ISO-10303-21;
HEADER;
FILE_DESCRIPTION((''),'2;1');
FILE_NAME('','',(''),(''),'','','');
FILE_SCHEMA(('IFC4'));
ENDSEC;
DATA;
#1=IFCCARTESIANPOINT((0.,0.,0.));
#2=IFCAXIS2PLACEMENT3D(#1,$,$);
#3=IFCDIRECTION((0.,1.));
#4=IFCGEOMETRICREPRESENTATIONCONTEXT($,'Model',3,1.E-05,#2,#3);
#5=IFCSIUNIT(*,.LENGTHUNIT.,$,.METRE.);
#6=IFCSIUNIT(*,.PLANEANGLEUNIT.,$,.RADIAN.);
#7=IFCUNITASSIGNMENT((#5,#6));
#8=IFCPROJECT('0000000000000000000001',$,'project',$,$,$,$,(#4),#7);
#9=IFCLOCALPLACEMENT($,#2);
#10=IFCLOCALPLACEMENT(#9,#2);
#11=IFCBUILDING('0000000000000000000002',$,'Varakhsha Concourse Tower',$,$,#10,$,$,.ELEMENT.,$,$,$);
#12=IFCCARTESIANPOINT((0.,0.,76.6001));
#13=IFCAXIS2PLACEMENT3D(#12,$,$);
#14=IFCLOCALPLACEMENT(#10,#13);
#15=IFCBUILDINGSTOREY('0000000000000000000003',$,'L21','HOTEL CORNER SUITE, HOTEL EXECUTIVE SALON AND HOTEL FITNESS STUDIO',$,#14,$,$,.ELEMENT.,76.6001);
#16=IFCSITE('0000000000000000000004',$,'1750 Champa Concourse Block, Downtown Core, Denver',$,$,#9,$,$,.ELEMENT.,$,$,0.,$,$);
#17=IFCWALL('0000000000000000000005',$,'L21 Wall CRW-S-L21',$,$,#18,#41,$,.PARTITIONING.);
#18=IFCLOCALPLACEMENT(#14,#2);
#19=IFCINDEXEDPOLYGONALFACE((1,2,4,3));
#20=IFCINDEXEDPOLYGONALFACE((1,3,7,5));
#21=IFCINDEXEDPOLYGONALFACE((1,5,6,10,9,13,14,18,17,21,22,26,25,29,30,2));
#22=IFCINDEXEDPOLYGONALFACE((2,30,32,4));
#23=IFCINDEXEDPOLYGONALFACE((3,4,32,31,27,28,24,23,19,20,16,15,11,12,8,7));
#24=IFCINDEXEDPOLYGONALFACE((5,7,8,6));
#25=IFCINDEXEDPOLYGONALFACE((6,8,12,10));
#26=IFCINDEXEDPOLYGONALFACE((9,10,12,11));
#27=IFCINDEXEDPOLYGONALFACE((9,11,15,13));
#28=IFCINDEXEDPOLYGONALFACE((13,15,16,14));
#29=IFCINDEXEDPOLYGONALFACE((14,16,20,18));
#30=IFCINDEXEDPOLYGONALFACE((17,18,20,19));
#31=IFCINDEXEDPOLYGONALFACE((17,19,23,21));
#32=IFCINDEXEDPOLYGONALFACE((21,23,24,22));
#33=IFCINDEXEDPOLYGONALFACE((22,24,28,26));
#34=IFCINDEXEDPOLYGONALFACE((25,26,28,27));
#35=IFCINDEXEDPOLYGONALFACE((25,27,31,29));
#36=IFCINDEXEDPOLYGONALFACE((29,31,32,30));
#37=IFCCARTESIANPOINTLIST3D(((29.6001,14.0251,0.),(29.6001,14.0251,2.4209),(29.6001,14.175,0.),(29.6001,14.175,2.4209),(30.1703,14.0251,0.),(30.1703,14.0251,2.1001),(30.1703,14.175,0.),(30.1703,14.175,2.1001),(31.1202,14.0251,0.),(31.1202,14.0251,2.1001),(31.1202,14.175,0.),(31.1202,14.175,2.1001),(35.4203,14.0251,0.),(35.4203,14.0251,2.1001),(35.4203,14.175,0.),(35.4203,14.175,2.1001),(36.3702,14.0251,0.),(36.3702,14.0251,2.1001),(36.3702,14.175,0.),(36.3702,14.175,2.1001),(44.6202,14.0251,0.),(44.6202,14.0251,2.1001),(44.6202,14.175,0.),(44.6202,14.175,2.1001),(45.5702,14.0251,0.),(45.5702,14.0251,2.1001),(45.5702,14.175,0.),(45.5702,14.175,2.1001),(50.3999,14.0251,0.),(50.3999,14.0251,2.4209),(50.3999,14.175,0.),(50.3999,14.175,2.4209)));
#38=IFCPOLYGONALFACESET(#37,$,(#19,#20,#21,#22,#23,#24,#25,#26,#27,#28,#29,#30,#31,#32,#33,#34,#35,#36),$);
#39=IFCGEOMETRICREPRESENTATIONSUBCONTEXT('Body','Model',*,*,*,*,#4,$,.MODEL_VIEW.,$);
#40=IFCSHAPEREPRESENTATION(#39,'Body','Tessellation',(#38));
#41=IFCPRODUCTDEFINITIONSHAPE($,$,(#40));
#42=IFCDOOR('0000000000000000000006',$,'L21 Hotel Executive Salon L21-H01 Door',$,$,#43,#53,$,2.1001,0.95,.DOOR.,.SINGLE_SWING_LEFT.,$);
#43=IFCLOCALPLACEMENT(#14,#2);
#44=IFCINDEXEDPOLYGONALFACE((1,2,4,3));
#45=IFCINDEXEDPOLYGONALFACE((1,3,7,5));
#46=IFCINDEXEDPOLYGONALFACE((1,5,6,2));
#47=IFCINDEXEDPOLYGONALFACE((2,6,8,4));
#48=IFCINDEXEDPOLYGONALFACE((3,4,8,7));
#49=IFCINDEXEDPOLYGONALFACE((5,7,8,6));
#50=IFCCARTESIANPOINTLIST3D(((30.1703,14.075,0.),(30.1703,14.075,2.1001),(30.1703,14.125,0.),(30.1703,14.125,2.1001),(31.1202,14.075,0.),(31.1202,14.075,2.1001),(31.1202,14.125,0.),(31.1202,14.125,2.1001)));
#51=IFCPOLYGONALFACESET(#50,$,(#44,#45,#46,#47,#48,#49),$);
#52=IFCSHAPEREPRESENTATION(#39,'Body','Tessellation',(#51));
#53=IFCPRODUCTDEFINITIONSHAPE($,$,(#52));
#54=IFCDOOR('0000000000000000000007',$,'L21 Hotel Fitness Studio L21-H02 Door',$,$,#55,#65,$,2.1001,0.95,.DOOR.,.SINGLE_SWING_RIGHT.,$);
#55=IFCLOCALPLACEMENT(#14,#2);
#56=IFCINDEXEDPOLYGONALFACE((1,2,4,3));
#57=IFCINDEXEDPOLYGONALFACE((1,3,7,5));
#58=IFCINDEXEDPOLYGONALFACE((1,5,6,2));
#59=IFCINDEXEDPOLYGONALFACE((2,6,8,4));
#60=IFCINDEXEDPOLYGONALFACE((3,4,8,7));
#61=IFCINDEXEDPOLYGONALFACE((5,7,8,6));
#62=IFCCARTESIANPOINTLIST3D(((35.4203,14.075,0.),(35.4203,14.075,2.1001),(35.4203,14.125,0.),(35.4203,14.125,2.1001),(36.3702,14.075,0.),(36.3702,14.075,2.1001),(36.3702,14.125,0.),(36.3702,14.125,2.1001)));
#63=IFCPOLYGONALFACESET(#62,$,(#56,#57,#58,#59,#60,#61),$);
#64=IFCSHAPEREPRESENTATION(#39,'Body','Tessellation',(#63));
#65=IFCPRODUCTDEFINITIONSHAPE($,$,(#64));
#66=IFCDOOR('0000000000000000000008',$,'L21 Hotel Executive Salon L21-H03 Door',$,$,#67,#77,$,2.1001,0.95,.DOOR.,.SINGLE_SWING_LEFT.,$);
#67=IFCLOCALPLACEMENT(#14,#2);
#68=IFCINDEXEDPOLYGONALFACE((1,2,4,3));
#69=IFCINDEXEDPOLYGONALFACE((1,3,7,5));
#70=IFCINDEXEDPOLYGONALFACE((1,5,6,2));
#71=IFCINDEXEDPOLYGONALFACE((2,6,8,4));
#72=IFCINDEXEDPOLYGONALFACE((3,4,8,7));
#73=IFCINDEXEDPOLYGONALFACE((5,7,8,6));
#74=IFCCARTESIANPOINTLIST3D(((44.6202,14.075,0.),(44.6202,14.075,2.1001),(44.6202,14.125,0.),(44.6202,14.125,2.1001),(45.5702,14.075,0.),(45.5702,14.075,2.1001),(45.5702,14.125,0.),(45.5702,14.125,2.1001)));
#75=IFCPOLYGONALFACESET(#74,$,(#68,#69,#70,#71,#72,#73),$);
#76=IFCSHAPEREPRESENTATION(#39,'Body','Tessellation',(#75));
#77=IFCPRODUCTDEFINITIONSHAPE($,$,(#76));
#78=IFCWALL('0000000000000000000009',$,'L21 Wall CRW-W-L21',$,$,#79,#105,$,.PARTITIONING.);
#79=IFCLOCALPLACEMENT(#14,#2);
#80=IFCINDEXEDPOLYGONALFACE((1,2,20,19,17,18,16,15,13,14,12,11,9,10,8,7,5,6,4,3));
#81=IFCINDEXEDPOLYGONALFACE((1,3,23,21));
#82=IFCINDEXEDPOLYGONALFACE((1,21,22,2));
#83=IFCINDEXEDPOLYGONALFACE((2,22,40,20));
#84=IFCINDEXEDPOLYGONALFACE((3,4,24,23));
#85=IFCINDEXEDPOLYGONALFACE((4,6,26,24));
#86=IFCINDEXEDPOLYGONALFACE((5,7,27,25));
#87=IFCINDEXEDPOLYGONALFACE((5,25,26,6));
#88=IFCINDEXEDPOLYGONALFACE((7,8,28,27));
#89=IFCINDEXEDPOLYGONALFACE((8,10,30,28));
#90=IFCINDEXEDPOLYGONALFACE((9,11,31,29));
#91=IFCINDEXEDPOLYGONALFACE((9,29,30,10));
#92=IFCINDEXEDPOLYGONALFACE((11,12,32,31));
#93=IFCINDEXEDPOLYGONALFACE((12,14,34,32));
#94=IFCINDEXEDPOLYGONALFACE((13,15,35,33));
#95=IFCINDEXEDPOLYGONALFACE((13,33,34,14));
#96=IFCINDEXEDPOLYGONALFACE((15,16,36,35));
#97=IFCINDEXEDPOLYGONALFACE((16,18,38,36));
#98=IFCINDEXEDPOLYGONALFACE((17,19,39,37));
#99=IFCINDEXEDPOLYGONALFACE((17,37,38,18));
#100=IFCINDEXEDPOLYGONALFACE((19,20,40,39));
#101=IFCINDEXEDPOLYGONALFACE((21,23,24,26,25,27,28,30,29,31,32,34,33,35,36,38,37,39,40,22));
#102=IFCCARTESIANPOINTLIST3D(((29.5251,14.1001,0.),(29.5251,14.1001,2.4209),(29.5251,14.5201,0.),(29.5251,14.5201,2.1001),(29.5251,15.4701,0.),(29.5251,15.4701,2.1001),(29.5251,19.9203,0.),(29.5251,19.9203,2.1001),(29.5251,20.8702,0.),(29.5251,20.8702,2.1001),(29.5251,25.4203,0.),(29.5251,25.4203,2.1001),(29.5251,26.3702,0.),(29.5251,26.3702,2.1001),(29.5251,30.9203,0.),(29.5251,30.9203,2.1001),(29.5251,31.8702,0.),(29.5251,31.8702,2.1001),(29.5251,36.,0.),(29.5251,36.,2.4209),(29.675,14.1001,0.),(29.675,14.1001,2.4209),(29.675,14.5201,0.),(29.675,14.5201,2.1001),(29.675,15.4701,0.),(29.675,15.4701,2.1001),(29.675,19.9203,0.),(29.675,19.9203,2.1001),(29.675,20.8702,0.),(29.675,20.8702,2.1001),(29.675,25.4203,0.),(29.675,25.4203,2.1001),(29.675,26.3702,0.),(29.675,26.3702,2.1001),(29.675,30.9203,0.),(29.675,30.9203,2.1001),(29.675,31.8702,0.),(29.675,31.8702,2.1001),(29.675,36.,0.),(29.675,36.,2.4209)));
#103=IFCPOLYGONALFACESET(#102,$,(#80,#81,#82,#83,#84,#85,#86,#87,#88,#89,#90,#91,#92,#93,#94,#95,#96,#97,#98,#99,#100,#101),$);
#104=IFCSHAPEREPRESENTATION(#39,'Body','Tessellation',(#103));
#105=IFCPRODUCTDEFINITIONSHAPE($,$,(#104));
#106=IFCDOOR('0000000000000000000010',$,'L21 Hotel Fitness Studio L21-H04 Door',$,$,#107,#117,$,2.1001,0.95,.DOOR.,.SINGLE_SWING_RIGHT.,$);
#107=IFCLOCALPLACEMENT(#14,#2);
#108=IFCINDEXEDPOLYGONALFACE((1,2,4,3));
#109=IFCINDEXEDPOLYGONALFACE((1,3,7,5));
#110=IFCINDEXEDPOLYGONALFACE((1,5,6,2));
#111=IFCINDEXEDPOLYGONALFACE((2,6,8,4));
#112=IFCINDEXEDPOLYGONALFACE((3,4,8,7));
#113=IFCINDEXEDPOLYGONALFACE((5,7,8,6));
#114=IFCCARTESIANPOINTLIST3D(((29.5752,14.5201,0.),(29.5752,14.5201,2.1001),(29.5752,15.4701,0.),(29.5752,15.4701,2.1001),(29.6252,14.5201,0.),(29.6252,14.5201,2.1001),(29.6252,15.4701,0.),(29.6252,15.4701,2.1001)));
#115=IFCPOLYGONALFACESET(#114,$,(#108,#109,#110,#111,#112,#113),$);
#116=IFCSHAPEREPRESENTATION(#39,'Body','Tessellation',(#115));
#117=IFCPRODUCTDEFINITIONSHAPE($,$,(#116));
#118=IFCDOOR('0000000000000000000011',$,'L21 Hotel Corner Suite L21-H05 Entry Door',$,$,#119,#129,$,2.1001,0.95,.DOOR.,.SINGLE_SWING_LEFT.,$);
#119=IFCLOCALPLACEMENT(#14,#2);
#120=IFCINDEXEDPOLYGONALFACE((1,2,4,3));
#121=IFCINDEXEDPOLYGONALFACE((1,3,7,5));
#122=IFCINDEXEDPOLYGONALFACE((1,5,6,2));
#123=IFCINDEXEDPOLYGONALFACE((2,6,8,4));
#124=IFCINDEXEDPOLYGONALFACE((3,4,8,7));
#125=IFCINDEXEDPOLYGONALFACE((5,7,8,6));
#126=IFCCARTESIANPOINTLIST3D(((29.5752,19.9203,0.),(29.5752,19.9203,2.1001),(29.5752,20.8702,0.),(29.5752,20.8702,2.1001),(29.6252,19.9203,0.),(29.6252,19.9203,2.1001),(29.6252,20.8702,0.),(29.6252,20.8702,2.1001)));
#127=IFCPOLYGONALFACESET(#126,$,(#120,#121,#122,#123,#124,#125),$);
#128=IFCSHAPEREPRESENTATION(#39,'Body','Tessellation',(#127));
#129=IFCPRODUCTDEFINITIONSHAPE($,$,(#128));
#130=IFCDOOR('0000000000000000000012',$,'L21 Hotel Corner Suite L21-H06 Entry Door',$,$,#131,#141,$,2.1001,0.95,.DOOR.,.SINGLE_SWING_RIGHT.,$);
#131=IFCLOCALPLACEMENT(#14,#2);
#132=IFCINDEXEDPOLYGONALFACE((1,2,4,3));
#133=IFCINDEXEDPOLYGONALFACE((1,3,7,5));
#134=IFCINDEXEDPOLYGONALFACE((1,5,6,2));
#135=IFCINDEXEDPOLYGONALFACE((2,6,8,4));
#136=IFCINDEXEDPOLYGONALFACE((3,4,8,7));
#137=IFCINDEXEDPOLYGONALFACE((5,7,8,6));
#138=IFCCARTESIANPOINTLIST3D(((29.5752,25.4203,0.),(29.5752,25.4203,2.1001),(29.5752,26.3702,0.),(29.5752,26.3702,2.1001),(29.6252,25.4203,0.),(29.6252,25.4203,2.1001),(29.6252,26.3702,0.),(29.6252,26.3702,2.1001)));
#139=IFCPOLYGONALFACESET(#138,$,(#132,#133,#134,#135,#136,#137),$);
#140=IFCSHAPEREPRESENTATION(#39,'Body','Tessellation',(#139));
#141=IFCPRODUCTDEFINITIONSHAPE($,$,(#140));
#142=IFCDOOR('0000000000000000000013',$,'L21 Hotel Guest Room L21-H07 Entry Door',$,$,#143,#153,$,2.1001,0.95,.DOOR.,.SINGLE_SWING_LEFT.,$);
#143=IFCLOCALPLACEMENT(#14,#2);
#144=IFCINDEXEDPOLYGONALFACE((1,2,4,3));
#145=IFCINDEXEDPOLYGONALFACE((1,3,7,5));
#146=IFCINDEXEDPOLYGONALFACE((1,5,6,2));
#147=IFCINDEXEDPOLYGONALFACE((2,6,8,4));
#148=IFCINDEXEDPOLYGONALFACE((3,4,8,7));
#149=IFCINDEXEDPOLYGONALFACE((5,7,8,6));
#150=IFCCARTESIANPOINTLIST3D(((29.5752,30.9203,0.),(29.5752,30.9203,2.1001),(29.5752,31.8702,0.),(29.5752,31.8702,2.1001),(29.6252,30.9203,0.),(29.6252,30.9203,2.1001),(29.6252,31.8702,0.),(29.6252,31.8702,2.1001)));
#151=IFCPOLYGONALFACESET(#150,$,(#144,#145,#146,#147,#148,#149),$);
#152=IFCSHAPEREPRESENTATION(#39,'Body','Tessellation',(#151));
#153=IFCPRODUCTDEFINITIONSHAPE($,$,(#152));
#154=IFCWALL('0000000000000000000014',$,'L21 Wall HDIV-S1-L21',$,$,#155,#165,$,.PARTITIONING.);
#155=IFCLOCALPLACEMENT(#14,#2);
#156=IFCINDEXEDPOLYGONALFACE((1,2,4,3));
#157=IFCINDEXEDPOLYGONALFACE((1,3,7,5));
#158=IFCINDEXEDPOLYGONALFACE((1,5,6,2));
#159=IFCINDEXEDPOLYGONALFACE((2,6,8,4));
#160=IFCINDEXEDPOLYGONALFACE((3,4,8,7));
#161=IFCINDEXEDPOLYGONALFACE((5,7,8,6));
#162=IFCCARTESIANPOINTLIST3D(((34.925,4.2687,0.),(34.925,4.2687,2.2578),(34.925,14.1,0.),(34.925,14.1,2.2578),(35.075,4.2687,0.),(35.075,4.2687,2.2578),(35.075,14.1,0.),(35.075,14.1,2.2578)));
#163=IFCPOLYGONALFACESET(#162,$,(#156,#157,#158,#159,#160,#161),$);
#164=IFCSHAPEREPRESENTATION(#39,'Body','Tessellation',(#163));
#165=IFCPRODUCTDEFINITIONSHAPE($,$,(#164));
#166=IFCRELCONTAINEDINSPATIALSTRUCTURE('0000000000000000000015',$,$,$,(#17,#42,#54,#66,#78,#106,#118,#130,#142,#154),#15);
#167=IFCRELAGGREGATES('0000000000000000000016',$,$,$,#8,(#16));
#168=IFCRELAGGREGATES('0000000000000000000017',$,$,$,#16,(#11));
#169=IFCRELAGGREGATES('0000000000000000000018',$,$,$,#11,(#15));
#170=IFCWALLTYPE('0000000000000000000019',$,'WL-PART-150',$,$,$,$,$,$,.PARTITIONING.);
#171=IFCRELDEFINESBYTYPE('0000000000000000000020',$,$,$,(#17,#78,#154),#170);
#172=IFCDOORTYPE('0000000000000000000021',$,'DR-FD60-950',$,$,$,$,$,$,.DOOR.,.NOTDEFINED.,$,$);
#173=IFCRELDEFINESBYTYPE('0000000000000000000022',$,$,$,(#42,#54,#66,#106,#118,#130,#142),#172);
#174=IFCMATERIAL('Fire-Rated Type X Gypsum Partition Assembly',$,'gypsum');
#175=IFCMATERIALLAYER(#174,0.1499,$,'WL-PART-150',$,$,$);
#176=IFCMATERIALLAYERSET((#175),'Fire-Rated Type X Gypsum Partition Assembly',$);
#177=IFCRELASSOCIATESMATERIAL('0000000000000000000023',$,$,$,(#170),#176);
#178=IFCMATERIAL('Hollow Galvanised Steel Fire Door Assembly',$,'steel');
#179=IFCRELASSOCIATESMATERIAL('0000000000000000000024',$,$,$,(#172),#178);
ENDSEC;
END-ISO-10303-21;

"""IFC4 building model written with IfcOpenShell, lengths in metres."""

from ifc_helpers import new_model, si_unit, direction, frame, frame_2d, origin, place, context, subcontext, project, spatial, rectangle, extrude, material, layer, layer_set, type_object, element, fill, save


model = new_model("IFC4")

# Units and contexts
model_context = context("Model", 3, precision=1e-05, world=origin(), true_north=direction((0.0, 1.0)))
body_context = subcontext(model_context, "Body", "Model", "MODEL_VIEW")
ifc_project = project(units=[si_unit("LENGTHUNIT", "METRE"), si_unit("PLANEANGLEUNIT", "RADIAN")], contexts=[model_context])

# Site, building, storey
site_placement = place(None, origin())
site = spatial("IfcSite", under=ifc_project, at=site_placement, Name="1750 Champa Concourse Block, Downtown Core, Denver", CompositionType="ELEMENT", RefElevation=0.0)
building_placement = place(site_placement, origin())
building = spatial("IfcBuilding", under=site, at=building_placement, Name="Varakhsha Concourse Tower", CompositionType="ELEMENT")
storey_placement = place(building_placement, frame((0.0, 0.0, 76.6001)))
storey = spatial("IfcBuildingStorey", under=building, at=storey_placement, Name="L21", Description="HOTEL CORNER SUITE, HOTEL EXECUTIVE SALON AND HOTEL FITNESS STUDIO", CompositionType="ELEMENT", Elevation=76.6001)

# Walls, openings, doors
ifc_material_1 = material(Name="Fire-Rated Type X Gypsum Partition Assembly", Category="gypsum")
ifc_layer_1 = layer(ifc_material_1, 0.1499, Name="WL-PART-150")
ifc_layer_set_1 = layer_set([ifc_layer_1], Name="Fire-Rated Type X Gypsum Partition Assembly")
wall_type = type_object("IfcWallType", Name="WL-PART-150", PredefinedType="PARTITIONING", material=ifc_layer_set_1)
wall_1_placement = place(storey_placement, frame((29.6001, 14.1001, 0.0), z_axis=(0.0, 0.0, 1.0), x_axis=(1.0, 0.0, 0.0)))
wall_1 = element("IfcWall", 1, at=wall_1_placement, inside=storey, type_object=wall_type, Name="L21 Wall CRW-S-L21", PredefinedType="PARTITIONING", context=body_context, shape_type="SweptSolid", body=[
    extrude(rectangle(XDim=20.7998, YDim=0.1499, at=frame_2d((10.3999, 0.0))), origin(), (0.0, 0.0, 1.0), 2.4209),
])
opening_1_placement = place(wall_1_placement, frame((0.5701, 0.0, 0.0)))
opening_1 = element("IfcOpeningElement", 2, at=opening_1_placement, cuts=wall_1, PredefinedType="OPENING", context=body_context, shape_type="SweptSolid", body=[
    extrude(rectangle(XDim=0.95, YDim=2.1001, at=frame_2d((0.4751, 1.05))), frame((0.0, 0.085, 0.0), z_axis=(0.0, -1.0, 0.0), x_axis=(1.0, 0.0, 0.0)), (0.0, 0.0, 1.0), 0.1699),
])
opening_2_placement = place(wall_1_placement, frame((5.8201, 0.0, 0.0)))
opening_2 = element("IfcOpeningElement", 3, at=opening_2_placement, cuts=wall_1, PredefinedType="OPENING", context=body_context, shape_type="SweptSolid", body=[
    extrude(rectangle(XDim=0.95, YDim=2.1001, at=frame_2d((0.4751, 1.05))), frame((0.0, 0.085, 0.0), z_axis=(0.0, -1.0, 0.0), x_axis=(1.0, 0.0, 0.0)), (0.0, 0.0, 1.0), 0.1699),
])
opening_3_placement = place(wall_1_placement, frame((15.02, 0.0, 0.0)))
opening_3 = element("IfcOpeningElement", 4, at=opening_3_placement, cuts=wall_1, PredefinedType="OPENING", context=body_context, shape_type="SweptSolid", body=[
    extrude(rectangle(XDim=0.95, YDim=2.1001, at=frame_2d((0.4751, 1.05))), frame((0.0, 0.085, 0.0), z_axis=(0.0, -1.0, 0.0), x_axis=(1.0, 0.0, 0.0)), (0.0, 0.0, 1.0), 0.1699),
])
ifc_material_2 = material(Name="Hollow Galvanised Steel Fire Door Assembly", Category="steel")
door_type = type_object("IfcDoorType", Name="DR-FD60-950", OperationType="NOTDEFINED", PredefinedType="DOOR", material=ifc_material_2)
door_1_placement = place(opening_1_placement, origin())
door_1 = element("IfcDoor", 5, at=door_1_placement, inside=storey, type_object=door_type, Name="L21 Hotel Executive Salon L21-H01 Door", OperationType="SINGLE_SWING_LEFT", OverallHeight=2.1001, OverallWidth=0.95, PredefinedType="DOOR", context=body_context, shape_type="SweptSolid", body=[
    extrude(rectangle(XDim=0.95, YDim=2.1001, at=frame_2d((0.4751, 1.05))), frame((0.0, 0.0249, 0.0), z_axis=(0.0, -1.0, 0.0), x_axis=(1.0, 0.0, 0.0)), (0.0, 0.0, 1.0), 0.05),
])
fill(opening_1, door_1)
door_2_placement = place(opening_2_placement, origin())
door_2 = element("IfcDoor", 6, at=door_2_placement, inside=storey, type_object=door_type, Name="L21 Hotel Fitness Studio L21-H02 Door", OperationType="SINGLE_SWING_RIGHT", OverallHeight=2.1001, OverallWidth=0.95, PredefinedType="DOOR", context=body_context, shape_type="SweptSolid", body=[
    extrude(rectangle(XDim=0.95, YDim=2.1001, at=frame_2d((0.4751, 1.05))), frame((0.0, 0.0249, 0.0), z_axis=(0.0, -1.0, 0.0), x_axis=(1.0, 0.0, 0.0)), (0.0, 0.0, 1.0), 0.05),
])
fill(opening_2, door_2)
door_3_placement = place(opening_3_placement, origin())
door_3 = element("IfcDoor", 7, at=door_3_placement, inside=storey, type_object=door_type, Name="L21 Hotel Executive Salon L21-H03 Door", OperationType="SINGLE_SWING_LEFT", OverallHeight=2.1001, OverallWidth=0.95, PredefinedType="DOOR", context=body_context, shape_type="SweptSolid", body=[
    extrude(rectangle(XDim=0.95, YDim=2.1001, at=frame_2d((0.4751, 1.05))), frame((0.0, 0.0249, 0.0), z_axis=(0.0, -1.0, 0.0), x_axis=(1.0, 0.0, 0.0)), (0.0, 0.0, 1.0), 0.05),
])
fill(opening_3, door_3)
wall_2_placement = place(storey_placement, frame((29.6001, 14.1001, 0.0), z_axis=(0.0, 0.0, 1.0), x_axis=(0.0, 1.0, 0.0)))
wall_2 = element("IfcWall", 8, at=wall_2_placement, inside=storey, type_object=wall_type, Name="L21 Wall CRW-W-L21", PredefinedType="PARTITIONING", context=body_context, shape_type="SweptSolid", body=[
    extrude(rectangle(XDim=21.8999, YDim=0.1499, at=frame_2d((10.95, 0.0))), origin(), (0.0, 0.0, 1.0), 2.4209),
])
opening_4_placement = place(wall_2_placement, frame((0.4199, 0.0, 0.0)))
opening_4 = element("IfcOpeningElement", 9, at=opening_4_placement, cuts=wall_2, PredefinedType="OPENING", context=body_context, shape_type="SweptSolid", body=[
    extrude(rectangle(XDim=0.95, YDim=2.1001, at=frame_2d((0.4751, 1.05))), frame((0.0, 0.085, 0.0), z_axis=(0.0, -1.0, 0.0), x_axis=(1.0, 0.0, 0.0)), (0.0, 0.0, 1.0), 0.1699),
])
opening_5_placement = place(wall_2_placement, frame((5.8201, 0.0, 0.0)))
opening_5 = element("IfcOpeningElement", 10, at=opening_5_placement, cuts=wall_2, PredefinedType="OPENING", context=body_context, shape_type="SweptSolid", body=[
    extrude(rectangle(XDim=0.95, YDim=2.1001, at=frame_2d((0.4751, 1.05))), frame((0.0, 0.085, 0.0), z_axis=(0.0, -1.0, 0.0), x_axis=(1.0, 0.0, 0.0)), (0.0, 0.0, 1.0), 0.1699),
])
opening_6_placement = place(wall_2_placement, frame((11.3201, 0.0, 0.0)))
opening_6 = element("IfcOpeningElement", 11, at=opening_6_placement, cuts=wall_2, PredefinedType="OPENING", context=body_context, shape_type="SweptSolid", body=[
    extrude(rectangle(XDim=0.95, YDim=2.1001, at=frame_2d((0.4751, 1.05))), frame((0.0, 0.085, 0.0), z_axis=(0.0, -1.0, 0.0), x_axis=(1.0, 0.0, 0.0)), (0.0, 0.0, 1.0), 0.1699),
])
opening_7_placement = place(wall_2_placement, frame((16.8201, 0.0, 0.0)))
opening_7 = element("IfcOpeningElement", 12, at=opening_7_placement, cuts=wall_2, PredefinedType="OPENING", context=body_context, shape_type="SweptSolid", body=[
    extrude(rectangle(XDim=0.95, YDim=2.1001, at=frame_2d((0.4751, 1.05))), frame((0.0, 0.085, 0.0), z_axis=(0.0, -1.0, 0.0), x_axis=(1.0, 0.0, 0.0)), (0.0, 0.0, 1.0), 0.1699),
])
door_4_placement = place(opening_4_placement, origin())
door_4 = element("IfcDoor", 13, at=door_4_placement, inside=storey, type_object=door_type, Name="L21 Hotel Fitness Studio L21-H04 Door", OperationType="SINGLE_SWING_RIGHT", OverallHeight=2.1001, OverallWidth=0.95, PredefinedType="DOOR", context=body_context, shape_type="SweptSolid", body=[
    extrude(rectangle(XDim=0.95, YDim=2.1001, at=frame_2d((0.4751, 1.05))), frame((0.0, 0.0249, 0.0), z_axis=(0.0, -1.0, 0.0), x_axis=(1.0, 0.0, 0.0)), (0.0, 0.0, 1.0), 0.05),
])
fill(opening_4, door_4)
door_5_placement = place(opening_5_placement, origin())
door_5 = element("IfcDoor", 14, at=door_5_placement, inside=storey, type_object=door_type, Name="L21 Hotel Corner Suite L21-H05 Entry Door", OperationType="SINGLE_SWING_LEFT", OverallHeight=2.1001, OverallWidth=0.95, PredefinedType="DOOR", context=body_context, shape_type="SweptSolid", body=[
    extrude(rectangle(XDim=0.95, YDim=2.1001, at=frame_2d((0.4751, 1.05))), frame((0.0, 0.0249, 0.0), z_axis=(0.0, -1.0, 0.0), x_axis=(1.0, 0.0, 0.0)), (0.0, 0.0, 1.0), 0.05),
])
fill(opening_5, door_5)
door_6_placement = place(opening_6_placement, origin())
door_6 = element("IfcDoor", 15, at=door_6_placement, inside=storey, type_object=door_type, Name="L21 Hotel Corner Suite L21-H06 Entry Door", OperationType="SINGLE_SWING_RIGHT", OverallHeight=2.1001, OverallWidth=0.95, PredefinedType="DOOR", context=body_context, shape_type="SweptSolid", body=[
    extrude(rectangle(XDim=0.95, YDim=2.1001, at=frame_2d((0.4751, 1.05))), frame((0.0, 0.0249, 0.0), z_axis=(0.0, -1.0, 0.0), x_axis=(1.0, 0.0, 0.0)), (0.0, 0.0, 1.0), 0.05),
])
fill(opening_6, door_6)
door_7_placement = place(opening_7_placement, origin())
door_7 = element("IfcDoor", 16, at=door_7_placement, inside=storey, type_object=door_type, Name="L21 Hotel Guest Room L21-H07 Entry Door", OperationType="SINGLE_SWING_LEFT", OverallHeight=2.1001, OverallWidth=0.95, PredefinedType="DOOR", context=body_context, shape_type="SweptSolid", body=[
    extrude(rectangle(XDim=0.95, YDim=2.1001, at=frame_2d((0.4751, 1.05))), frame((0.0, 0.0249, 0.0), z_axis=(0.0, -1.0, 0.0), x_axis=(1.0, 0.0, 0.0)), (0.0, 0.0, 1.0), 0.05),
])
fill(opening_7, door_7)

# Wall
wall_3_placement = place(storey_placement, frame((35.0, 4.2688, 0.0), z_axis=(0.0, 0.0, 1.0), x_axis=(0.0, 1.0, 0.0)))
element("IfcWall", 17, at=wall_3_placement, inside=storey, type_object=wall_type, Name="L21 Wall HDIV-S1-L21", PredefinedType="PARTITIONING", context=body_context, shape_type="SweptSolid", body=[
    extrude(rectangle(XDim=9.8313, YDim=0.1499, at=frame_2d((4.9155, 0.0))), origin(), (0.0, 0.0, 1.0), 2.2578),
])

save(model, "model.ifc")
